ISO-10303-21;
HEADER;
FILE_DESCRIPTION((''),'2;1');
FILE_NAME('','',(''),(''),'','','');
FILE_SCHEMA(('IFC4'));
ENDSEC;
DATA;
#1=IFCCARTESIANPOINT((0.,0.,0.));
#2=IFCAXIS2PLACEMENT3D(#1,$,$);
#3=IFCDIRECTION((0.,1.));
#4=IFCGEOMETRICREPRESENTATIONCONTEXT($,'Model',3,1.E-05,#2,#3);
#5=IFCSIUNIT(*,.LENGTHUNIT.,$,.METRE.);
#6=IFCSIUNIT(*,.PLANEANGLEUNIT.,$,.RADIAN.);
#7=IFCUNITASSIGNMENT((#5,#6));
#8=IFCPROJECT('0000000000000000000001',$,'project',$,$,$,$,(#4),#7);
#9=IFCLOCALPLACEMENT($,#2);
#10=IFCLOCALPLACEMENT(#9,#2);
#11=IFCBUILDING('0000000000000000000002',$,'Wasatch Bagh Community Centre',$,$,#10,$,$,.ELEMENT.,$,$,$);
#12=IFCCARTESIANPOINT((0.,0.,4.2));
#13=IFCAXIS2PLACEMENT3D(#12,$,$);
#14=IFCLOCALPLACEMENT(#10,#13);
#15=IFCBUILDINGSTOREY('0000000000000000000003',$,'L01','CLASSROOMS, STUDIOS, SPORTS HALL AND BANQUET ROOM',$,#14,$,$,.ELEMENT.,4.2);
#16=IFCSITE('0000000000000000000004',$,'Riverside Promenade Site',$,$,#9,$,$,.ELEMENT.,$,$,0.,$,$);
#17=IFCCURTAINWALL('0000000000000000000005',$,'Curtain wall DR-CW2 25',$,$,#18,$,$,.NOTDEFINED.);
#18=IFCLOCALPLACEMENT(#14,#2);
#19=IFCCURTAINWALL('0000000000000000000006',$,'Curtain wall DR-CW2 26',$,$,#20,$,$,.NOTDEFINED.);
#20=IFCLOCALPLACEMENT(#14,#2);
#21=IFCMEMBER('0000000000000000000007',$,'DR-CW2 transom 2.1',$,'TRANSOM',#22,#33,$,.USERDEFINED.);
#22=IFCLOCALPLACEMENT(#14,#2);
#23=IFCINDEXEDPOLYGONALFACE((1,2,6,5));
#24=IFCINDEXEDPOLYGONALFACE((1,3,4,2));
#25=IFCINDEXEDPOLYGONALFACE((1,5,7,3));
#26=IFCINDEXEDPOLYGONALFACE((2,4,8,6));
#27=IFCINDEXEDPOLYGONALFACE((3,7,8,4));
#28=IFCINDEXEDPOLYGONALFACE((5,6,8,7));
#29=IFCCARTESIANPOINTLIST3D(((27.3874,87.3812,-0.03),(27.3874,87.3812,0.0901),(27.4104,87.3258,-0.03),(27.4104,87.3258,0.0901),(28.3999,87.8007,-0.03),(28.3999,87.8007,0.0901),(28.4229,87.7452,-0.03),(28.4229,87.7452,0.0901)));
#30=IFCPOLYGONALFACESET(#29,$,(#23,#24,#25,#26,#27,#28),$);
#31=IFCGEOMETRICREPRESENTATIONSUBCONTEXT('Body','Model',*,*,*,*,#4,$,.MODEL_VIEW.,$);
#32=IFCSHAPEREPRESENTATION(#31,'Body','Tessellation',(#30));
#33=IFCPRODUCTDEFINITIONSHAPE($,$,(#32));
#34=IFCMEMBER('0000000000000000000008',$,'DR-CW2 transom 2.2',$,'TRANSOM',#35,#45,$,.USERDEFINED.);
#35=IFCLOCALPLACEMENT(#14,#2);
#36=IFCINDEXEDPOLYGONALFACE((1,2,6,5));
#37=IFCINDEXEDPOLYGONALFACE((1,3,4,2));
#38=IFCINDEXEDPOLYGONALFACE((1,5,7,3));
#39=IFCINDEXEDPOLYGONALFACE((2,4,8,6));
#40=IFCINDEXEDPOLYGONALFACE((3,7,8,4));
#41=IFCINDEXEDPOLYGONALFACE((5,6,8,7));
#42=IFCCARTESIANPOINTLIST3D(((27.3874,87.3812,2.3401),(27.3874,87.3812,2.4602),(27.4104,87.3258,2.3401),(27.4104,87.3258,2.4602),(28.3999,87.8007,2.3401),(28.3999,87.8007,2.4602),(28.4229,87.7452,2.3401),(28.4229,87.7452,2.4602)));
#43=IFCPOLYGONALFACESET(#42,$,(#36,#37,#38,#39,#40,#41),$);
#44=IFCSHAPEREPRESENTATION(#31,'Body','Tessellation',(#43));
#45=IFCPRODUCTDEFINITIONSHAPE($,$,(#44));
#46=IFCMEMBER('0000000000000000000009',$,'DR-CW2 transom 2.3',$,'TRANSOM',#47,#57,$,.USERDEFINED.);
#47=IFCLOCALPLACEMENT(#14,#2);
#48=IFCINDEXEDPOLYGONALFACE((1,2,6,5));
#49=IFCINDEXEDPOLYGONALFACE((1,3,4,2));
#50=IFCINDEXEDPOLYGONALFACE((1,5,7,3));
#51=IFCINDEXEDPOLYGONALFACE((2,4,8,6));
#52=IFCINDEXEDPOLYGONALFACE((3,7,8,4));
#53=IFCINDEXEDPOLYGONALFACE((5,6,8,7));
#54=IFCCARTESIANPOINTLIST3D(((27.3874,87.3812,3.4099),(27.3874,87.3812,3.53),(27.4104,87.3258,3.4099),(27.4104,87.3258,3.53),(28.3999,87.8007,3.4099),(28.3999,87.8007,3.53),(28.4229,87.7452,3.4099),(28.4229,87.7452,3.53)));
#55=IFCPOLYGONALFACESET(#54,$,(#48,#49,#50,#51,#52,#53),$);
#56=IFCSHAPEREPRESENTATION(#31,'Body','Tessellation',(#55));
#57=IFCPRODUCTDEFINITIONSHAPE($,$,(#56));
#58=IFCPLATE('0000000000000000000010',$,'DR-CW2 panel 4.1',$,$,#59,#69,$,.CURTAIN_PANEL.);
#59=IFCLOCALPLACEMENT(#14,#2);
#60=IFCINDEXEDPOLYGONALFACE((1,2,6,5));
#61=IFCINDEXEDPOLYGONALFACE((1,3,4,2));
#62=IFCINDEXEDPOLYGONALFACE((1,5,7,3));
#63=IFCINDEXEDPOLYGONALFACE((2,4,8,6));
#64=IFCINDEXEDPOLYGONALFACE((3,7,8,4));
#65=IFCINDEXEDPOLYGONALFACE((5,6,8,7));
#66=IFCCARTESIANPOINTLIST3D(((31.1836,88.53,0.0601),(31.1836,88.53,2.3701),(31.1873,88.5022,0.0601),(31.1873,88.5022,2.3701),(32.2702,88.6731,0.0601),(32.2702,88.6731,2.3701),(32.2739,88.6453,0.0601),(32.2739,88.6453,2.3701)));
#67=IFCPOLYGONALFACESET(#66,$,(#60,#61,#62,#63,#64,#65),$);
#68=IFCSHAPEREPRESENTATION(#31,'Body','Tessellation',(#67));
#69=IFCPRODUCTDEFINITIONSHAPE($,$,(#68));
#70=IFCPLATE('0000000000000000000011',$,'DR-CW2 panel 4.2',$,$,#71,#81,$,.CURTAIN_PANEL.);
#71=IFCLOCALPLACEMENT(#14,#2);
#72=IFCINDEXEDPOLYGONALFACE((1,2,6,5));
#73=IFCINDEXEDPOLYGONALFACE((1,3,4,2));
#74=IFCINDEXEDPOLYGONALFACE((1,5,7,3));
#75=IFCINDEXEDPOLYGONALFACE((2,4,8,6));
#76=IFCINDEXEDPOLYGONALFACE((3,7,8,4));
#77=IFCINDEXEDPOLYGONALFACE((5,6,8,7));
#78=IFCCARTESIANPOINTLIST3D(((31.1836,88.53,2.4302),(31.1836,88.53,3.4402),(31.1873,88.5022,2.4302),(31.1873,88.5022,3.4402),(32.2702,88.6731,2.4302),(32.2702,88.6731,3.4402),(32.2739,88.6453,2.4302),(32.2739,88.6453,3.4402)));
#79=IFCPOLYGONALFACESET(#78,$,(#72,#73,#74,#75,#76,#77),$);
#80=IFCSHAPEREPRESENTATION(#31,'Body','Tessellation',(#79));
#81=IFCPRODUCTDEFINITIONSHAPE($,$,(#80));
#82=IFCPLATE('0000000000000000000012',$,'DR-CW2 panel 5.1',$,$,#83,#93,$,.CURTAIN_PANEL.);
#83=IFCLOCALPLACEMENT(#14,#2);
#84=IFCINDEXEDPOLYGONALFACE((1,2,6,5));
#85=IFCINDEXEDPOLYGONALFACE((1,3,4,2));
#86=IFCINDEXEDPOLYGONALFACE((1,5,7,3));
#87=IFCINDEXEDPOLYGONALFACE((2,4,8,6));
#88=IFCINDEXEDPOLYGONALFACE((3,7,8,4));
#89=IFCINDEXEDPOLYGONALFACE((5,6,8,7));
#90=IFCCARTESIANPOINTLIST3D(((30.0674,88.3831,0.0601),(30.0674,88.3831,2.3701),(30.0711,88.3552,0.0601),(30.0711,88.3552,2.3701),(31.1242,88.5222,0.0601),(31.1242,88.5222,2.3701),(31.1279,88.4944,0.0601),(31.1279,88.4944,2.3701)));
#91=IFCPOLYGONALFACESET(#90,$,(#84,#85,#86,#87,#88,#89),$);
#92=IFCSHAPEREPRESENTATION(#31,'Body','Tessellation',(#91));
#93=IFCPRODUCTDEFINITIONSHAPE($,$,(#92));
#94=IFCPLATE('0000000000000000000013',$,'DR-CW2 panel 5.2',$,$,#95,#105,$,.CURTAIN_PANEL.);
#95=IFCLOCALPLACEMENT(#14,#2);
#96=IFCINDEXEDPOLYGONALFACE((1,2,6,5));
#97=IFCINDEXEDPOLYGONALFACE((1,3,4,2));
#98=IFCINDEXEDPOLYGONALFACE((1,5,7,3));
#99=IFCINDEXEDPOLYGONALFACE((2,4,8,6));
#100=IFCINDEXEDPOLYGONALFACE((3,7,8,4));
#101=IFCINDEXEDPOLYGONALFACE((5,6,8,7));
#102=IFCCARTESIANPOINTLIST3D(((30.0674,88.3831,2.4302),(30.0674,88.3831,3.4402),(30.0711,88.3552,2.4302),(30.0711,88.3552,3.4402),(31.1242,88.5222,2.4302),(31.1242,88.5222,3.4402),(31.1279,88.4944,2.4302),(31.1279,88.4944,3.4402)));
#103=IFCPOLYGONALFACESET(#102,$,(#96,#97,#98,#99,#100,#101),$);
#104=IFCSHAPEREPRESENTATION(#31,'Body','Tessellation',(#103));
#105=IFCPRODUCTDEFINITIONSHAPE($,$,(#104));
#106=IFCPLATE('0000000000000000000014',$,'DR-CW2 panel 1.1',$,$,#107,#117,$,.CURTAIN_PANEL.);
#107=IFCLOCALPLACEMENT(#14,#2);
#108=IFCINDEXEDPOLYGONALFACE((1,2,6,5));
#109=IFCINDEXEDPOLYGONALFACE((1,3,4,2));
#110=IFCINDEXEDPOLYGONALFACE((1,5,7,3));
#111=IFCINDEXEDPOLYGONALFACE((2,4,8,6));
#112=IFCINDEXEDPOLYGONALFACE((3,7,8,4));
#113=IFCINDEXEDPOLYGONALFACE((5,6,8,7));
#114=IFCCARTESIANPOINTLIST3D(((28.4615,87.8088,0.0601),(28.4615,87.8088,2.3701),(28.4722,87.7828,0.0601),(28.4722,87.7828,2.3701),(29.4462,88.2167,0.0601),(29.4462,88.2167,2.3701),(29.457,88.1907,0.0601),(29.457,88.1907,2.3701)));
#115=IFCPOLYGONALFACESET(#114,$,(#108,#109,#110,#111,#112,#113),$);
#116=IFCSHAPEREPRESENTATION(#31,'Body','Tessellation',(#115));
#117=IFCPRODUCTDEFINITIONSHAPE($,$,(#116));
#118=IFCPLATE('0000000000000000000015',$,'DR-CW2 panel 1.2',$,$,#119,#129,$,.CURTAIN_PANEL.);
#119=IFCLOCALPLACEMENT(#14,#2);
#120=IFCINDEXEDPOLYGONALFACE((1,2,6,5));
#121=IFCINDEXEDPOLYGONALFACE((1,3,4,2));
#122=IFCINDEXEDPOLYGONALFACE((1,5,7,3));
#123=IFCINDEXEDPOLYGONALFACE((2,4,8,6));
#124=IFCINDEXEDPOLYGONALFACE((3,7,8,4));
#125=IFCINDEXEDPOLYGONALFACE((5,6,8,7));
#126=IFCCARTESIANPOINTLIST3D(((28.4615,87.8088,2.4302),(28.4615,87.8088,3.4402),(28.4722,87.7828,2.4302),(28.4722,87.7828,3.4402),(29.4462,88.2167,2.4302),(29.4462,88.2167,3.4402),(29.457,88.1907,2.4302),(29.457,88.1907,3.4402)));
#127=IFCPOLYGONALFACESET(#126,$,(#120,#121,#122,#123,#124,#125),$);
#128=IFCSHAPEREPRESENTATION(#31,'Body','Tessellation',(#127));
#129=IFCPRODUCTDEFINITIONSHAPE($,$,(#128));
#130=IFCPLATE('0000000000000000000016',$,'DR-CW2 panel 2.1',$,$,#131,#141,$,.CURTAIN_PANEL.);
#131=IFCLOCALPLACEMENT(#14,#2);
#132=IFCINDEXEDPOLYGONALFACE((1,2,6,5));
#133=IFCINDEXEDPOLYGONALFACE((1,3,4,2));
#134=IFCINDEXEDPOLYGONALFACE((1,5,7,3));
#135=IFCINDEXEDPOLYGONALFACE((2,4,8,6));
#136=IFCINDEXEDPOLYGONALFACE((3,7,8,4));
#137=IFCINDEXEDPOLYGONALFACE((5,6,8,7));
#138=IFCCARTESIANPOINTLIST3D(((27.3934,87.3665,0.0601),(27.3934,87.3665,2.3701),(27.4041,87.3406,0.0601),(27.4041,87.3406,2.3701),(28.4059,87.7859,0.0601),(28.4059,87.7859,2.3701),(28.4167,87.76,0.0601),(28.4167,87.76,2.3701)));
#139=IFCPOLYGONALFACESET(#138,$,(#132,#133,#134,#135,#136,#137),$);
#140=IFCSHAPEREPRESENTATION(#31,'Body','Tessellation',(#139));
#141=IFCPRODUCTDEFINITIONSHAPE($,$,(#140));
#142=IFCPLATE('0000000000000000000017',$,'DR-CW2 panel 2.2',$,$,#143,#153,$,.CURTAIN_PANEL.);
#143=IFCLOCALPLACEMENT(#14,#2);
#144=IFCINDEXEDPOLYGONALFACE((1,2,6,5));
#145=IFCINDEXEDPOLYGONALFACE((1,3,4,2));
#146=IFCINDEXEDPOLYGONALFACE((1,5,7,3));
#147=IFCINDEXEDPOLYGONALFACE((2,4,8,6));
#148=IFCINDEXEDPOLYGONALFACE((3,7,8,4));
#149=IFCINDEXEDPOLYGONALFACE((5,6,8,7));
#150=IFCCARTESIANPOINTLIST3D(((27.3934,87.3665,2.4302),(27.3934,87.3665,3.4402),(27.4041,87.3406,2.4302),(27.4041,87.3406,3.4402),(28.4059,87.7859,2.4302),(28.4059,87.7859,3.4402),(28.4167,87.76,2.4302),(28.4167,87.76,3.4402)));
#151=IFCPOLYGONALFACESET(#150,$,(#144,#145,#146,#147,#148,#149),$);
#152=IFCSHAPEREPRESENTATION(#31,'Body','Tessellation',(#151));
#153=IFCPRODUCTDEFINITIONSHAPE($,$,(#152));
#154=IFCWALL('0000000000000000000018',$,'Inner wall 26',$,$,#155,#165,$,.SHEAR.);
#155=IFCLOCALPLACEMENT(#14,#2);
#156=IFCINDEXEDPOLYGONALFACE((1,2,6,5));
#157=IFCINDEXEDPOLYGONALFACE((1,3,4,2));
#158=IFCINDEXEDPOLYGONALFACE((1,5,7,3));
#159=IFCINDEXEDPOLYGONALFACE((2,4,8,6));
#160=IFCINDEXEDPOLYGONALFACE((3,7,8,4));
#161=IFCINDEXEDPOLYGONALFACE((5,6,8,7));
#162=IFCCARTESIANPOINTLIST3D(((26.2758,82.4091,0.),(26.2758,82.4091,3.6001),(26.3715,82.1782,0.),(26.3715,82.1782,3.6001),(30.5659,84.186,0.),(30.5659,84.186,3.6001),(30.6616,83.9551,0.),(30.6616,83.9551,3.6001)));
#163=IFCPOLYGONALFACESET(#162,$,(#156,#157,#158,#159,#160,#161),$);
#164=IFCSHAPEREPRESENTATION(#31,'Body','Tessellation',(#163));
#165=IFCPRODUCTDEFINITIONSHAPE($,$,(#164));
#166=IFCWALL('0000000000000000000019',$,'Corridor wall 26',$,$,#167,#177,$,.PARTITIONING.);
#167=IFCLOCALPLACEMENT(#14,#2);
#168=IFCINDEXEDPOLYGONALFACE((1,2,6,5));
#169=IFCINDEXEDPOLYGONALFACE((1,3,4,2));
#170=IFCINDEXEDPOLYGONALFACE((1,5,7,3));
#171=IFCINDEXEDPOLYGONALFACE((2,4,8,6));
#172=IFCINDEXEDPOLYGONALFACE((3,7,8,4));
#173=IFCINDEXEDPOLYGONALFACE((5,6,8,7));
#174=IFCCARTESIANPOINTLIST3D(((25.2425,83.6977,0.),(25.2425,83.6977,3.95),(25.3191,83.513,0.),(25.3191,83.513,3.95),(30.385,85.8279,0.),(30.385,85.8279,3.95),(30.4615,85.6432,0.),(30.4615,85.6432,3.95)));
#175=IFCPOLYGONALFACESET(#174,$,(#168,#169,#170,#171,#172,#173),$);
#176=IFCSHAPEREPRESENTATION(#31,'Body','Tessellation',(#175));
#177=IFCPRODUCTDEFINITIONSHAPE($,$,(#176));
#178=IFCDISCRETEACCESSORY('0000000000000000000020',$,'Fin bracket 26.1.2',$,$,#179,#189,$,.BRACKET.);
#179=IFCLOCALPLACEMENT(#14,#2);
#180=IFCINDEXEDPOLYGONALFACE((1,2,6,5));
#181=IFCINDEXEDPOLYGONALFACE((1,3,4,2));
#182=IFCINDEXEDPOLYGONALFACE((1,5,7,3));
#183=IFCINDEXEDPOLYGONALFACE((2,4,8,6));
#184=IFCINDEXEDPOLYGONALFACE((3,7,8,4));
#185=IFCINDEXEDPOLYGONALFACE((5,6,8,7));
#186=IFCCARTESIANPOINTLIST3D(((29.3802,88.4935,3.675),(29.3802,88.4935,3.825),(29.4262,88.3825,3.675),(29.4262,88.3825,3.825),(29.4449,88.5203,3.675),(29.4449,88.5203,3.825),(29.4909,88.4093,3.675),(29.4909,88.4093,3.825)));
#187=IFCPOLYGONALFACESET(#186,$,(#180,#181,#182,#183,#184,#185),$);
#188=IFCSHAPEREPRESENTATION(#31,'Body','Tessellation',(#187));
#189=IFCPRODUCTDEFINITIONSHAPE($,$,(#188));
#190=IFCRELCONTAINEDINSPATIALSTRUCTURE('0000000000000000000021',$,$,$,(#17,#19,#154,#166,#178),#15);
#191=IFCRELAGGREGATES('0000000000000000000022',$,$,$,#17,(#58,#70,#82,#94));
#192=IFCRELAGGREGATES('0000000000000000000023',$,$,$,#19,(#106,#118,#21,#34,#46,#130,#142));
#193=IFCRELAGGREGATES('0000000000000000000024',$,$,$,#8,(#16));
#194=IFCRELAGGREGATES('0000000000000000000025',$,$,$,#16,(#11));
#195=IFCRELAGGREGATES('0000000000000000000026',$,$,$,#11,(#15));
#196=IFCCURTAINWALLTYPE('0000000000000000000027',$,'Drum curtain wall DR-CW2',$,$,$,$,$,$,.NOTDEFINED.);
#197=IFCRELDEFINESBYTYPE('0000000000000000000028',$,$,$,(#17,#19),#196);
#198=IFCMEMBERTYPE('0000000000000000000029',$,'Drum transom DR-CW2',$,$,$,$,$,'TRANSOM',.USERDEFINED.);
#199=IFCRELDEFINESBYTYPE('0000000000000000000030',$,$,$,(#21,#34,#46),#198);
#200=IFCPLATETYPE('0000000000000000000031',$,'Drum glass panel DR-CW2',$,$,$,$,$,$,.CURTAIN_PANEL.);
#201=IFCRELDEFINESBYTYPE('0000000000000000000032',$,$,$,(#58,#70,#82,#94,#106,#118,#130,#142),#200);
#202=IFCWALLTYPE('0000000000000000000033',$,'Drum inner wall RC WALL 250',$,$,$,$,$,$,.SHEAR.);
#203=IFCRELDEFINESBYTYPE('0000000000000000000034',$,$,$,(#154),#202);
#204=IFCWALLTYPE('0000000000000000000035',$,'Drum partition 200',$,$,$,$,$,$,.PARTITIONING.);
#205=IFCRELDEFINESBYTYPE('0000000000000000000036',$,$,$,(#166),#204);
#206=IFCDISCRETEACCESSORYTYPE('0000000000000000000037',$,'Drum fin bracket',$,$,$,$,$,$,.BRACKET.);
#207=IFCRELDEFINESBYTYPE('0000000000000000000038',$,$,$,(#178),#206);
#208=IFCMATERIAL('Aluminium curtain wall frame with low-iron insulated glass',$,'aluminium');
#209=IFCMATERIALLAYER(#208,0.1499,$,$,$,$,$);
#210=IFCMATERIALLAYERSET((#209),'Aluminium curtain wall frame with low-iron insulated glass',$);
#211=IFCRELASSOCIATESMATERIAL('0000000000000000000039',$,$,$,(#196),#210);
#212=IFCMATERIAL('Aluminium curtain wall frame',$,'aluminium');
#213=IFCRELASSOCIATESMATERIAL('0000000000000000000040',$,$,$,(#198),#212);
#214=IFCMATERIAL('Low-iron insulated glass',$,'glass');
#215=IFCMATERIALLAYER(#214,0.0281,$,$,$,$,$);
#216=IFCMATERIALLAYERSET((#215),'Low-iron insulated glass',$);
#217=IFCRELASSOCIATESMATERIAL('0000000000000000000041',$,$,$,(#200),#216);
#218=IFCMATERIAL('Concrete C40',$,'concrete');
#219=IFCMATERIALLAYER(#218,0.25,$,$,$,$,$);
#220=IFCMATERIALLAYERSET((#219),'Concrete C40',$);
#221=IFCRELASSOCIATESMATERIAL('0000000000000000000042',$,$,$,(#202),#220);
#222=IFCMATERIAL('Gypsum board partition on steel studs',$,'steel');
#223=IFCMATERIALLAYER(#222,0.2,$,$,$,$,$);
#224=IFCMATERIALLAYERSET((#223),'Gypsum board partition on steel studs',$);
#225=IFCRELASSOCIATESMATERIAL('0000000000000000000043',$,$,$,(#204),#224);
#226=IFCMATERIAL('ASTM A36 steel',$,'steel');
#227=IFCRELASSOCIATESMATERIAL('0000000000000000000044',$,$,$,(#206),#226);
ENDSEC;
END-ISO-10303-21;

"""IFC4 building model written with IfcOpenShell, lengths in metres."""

from ifc_helpers import new_model, si_unit, direction, frame, frame_2d, origin, origin_2d, place, context, subcontext, project, spatial, rectangle, extrude, material, layer, layer_set, material_profile, profile_set, type_object, element, aggregate, save


model = new_model("IFC4")

# Units and contexts
model_context = context("Model", 3, precision=1e-05, world=origin(), true_north=direction((0.0, 1.0)))
body_context = subcontext(model_context, "Body", "Model", "MODEL_VIEW")
ifc_project = project(units=[si_unit("LENGTHUNIT", "METRE"), si_unit("PLANEANGLEUNIT", "RADIAN")], contexts=[model_context])

# Site, building, storey
site_placement = place(None, origin())
site = spatial("IfcSite", under=ifc_project, at=site_placement, Name="Riverside Promenade Site", CompositionType="ELEMENT", RefElevation=0.0)
building_placement = place(site_placement, origin())
building = spatial("IfcBuilding", under=site, at=building_placement, Name="Wasatch Bagh Community Centre", CompositionType="ELEMENT")
storey_placement = place(building_placement, frame((0.0, 0.0, 4.2)))
storey = spatial("IfcBuildingStorey", under=building, at=storey_placement, Name="L01", Description="CLASSROOMS, STUDIOS, SPORTS HALL AND BANQUET ROOM", CompositionType="ELEMENT", Elevation=4.2)

# Shared definitions
ifc_material_1 = material(Name="Concrete C40", Category="concrete")

# Curtain walls
ifc_material_2 = material(Name="Aluminium curtain wall frame with low-iron insulated glass", Category="aluminium")
ifc_layer_1 = layer(ifc_material_2, 0.1499)
ifc_layer_set_1 = layer_set([ifc_layer_1], Name="Aluminium curtain wall frame with low-iron insulated glass")
curtain_wall_type = type_object("IfcCurtainWallType", Name="Drum curtain wall DR-CW2", PredefinedType="NOTDEFINED", material=ifc_layer_set_1)
curtain_wall_1_placement = place(storey_placement, origin())
curtain_wall_1 = element("IfcCurtainWall", 1, at=curtain_wall_1_placement, inside=storey, type_object=curtain_wall_type, Name="Curtain wall DR-CW2 25", PredefinedType="NOTDEFINED")
ifc_material_3 = material(Name="Aluminium curtain wall frame", Category="aluminium")
curtain_wall_2_placement = place(storey_placement, origin())
curtain_wall_2 = element("IfcCurtainWall", 2, at=curtain_wall_2_placement, inside=storey, type_object=curtain_wall_type, Name="Curtain wall DR-CW2 26", PredefinedType="NOTDEFINED")

# Members
ifc_material_profile_1 = material_profile(ifc_material_3, rectangle(XDim=0.0601, YDim=0.1201, at=origin_2d()), Name="Drum transom DR-CW2")
ifc_profile_set_1 = profile_set([ifc_material_profile_1], Name="Aluminium curtain wall frame")
member_type_1 = type_object("IfcMemberType", Name="Drum transom DR-CW2", ElementType="TRANSOM", PredefinedType="USERDEFINED", material=ifc_profile_set_1)
member_1_placement = place(storey_placement, frame((28.4114, 87.7729, 0.03), z_axis=(-0.923859, -0.382732, 0.0), x_axis=(0.382732, -0.923859, 0.0)))
member_1 = element("IfcMember", 3, at=member_1_placement, type_object=member_type_1, Name="DR-CW2 transom 2.1", ObjectType="TRANSOM", PredefinedType="USERDEFINED", context=body_context, shape_type="SweptSolid", body=[
    extrude(rectangle(XDim=0.0601, YDim=0.1201, at=origin_2d()), origin(), (0.0, 0.0, 1.0), 1.0959),
])
member_2_placement = place(storey_placement, frame((28.4114, 87.7729, 2.4001), z_axis=(-0.923859, -0.382732, 0.0), x_axis=(0.382732, -0.923859, 0.0)))
member_2 = element("IfcMember", 4, at=member_2_placement, type_object=member_type_1, Name="DR-CW2 transom 2.2", ObjectType="TRANSOM", PredefinedType="USERDEFINED", context=body_context, shape_type="SweptSolid", body=[
    extrude(rectangle(XDim=0.0601, YDim=0.1201, at=origin_2d()), origin(), (0.0, 0.0, 1.0), 1.0959),
])
member_3_placement = place(storey_placement, frame((28.4114, 87.7729, 3.47), z_axis=(-0.923859, -0.382732, 0.0), x_axis=(0.382732, -0.923859, 0.0)))
member_3 = element("IfcMember", 5, at=member_3_placement, type_object=member_type_1, Name="DR-CW2 transom 2.3", ObjectType="TRANSOM", PredefinedType="USERDEFINED", context=body_context, shape_type="SweptSolid", body=[
    extrude(rectangle(XDim=0.0601, YDim=0.1201, at=origin_2d()), origin(), (0.0, 0.0, 1.0), 1.0959),
])

# Plates
ifc_material_4 = material(Name="Low-iron insulated glass", Category="glass")
ifc_layer_2 = layer(ifc_material_4, 0.0281)
ifc_layer_set_2 = layer_set([ifc_layer_2], Name="Low-iron insulated glass")
plate_type = type_object("IfcPlateType", Name="Drum glass panel DR-CW2", PredefinedType="CURTAIN_PANEL", material=ifc_layer_set_2)
plate_1_placement = place(storey_placement, frame((31.7288, 88.5876, 0.0601), z_axis=(0.0, 0.0, 1.0), x_axis=(-0.991445, -0.130526, 0.0)))
plate_1 = element("IfcPlate", 6, at=plate_1_placement, type_object=plate_type, Name="DR-CW2 panel 4.1", PredefinedType="CURTAIN_PANEL", context=body_context, shape_type="SweptSolid", body=[
    extrude(rectangle(XDim=1.0959, YDim=0.0281, at=origin_2d()), origin(), (0.0, 0.0, 1.0), 2.3101),
])
plate_2_placement = place(storey_placement, frame((31.7288, 88.5876, 2.4302), z_axis=(0.0, 0.0, 1.0), x_axis=(-0.991445, -0.130526, 0.0)))
plate_2 = element("IfcPlate", 7, at=plate_2_placement, type_object=plate_type, Name="DR-CW2 panel 4.2", PredefinedType="CURTAIN_PANEL", context=body_context, shape_type="SweptSolid", body=[
    extrude(rectangle(XDim=1.0959, YDim=0.0281, at=origin_2d()), origin(), (0.0, 0.0, 1.0), 1.01),
])
plate_3_placement = place(storey_placement, frame((30.5977, 88.4387, 0.0601), z_axis=(0.0, 0.0, 1.0), x_axis=(-0.991445, -0.130526, 0.0)))
plate_3 = element("IfcPlate", 8, at=plate_3_placement, type_object=plate_type, Name="DR-CW2 panel 5.1", PredefinedType="CURTAIN_PANEL", context=body_context, shape_type="SweptSolid", body=[
    extrude(rectangle(XDim=1.0659, YDim=0.0281, at=origin_2d()), origin(), (0.0, 0.0, 1.0), 2.3101),
])
plate_4_placement = place(storey_placement, frame((30.5977, 88.4387, 2.4302), z_axis=(0.0, 0.0, 1.0), x_axis=(-0.991445, -0.130526, 0.0)))
plate_4 = element("IfcPlate", 9, at=plate_4_placement, type_object=plate_type, Name="DR-CW2 panel 5.2", PredefinedType="CURTAIN_PANEL", context=body_context, shape_type="SweptSolid", body=[
    extrude(rectangle(XDim=1.0659, YDim=0.0281, at=origin_2d()), origin(), (0.0, 0.0, 1.0), 1.01),
])
aggregate(curtain_wall_1, [plate_1, plate_2, plate_3, plate_4])
plate_5_placement = place(storey_placement, frame((28.9592, 87.9998, 0.0601), z_axis=(0.0, 0.0, 1.0), x_axis=(-0.92388, -0.382683, 0.0)))
plate_5 = element("IfcPlate", 10, at=plate_5_placement, type_object=plate_type, Name="DR-CW2 panel 1.1", PredefinedType="CURTAIN_PANEL", context=body_context, shape_type="SweptSolid", body=[
    extrude(rectangle(XDim=1.0659, YDim=0.0281, at=origin_2d()), origin(), (0.0, 0.0, 1.0), 2.3101),
])
plate_6_placement = place(storey_placement, frame((28.9592, 87.9998, 2.4302), z_axis=(0.0, 0.0, 1.0), x_axis=(-0.92388, -0.382683, 0.0)))
plate_6 = element("IfcPlate", 11, at=plate_6_placement, type_object=plate_type, Name="DR-CW2 panel 1.2", PredefinedType="CURTAIN_PANEL", context=body_context, shape_type="SweptSolid", body=[
    extrude(rectangle(XDim=1.0659, YDim=0.0281, at=origin_2d()), origin(), (0.0, 0.0, 1.0), 1.01),
])
plate_7_placement = place(storey_placement, frame((27.905, 87.5632, 0.0601), z_axis=(0.0, 0.0, 1.0), x_axis=(-0.92388, -0.382683, 0.0)))
plate_7 = element("IfcPlate", 12, at=plate_7_placement, type_object=plate_type, Name="DR-CW2 panel 2.1", PredefinedType="CURTAIN_PANEL", context=body_context, shape_type="SweptSolid", body=[
    extrude(rectangle(XDim=1.0959, YDim=0.0281, at=origin_2d()), origin(), (0.0, 0.0, 1.0), 2.3101),
])
plate_8_placement = place(storey_placement, frame((27.905, 87.5632, 2.4302), z_axis=(0.0, 0.0, 1.0), x_axis=(-0.92388, -0.382683, 0.0)))
plate_8 = element("IfcPlate", 13, at=plate_8_placement, type_object=plate_type, Name="DR-CW2 panel 2.2", PredefinedType="CURTAIN_PANEL", context=body_context, shape_type="SweptSolid", body=[
    extrude(rectangle(XDim=1.0959, YDim=0.0281, at=origin_2d()), origin(), (0.0, 0.0, 1.0), 1.01),
])
aggregate(curtain_wall_2, [plate_5, plate_6, member_1, member_2, member_3, plate_7, plate_8])

# Walls
ifc_layer_3 = layer(ifc_material_1, 0.25)
ifc_layer_set_3 = layer_set([ifc_layer_3], Name="Concrete C40")
wall_type_1 = type_object("IfcWallType", Name="Drum inner wall RC WALL 250", PredefinedType="SHEAR", material=ifc_layer_set_3)
wall_1_placement = place(storey_placement, frame((30.6138, 84.0706, 0.0), z_axis=(0.0, 0.0, 1.0), x_axis=(-0.92389, -0.382658, 0.0)))
element("IfcWall", 14, at=wall_1_placement, inside=storey, type_object=wall_type_1, Name="Inner wall 26", PredefinedType="SHEAR", context=body_context, shape_type="SweptSolid", body=[
    extrude(rectangle(XDim=4.6436, YDim=0.25, at=frame_2d((2.3218, 0.0))), origin(), (0.0, 0.0, 1.0), 3.6001),
])
ifc_material_5 = material(Name="Gypsum board partition on steel studs", Category="steel")
ifc_layer_4 = layer(ifc_material_5, 0.2)
ifc_layer_set_4 = layer_set([ifc_layer_4], Name="Gypsum board partition on steel studs")
wall_type_2 = type_object("IfcWallType", Name="Drum partition 200", PredefinedType="PARTITIONING", material=ifc_layer_set_4)
wall_2_placement = place(storey_placement, frame((30.4233, 85.7356, 0.0), z_axis=(0.0, 0.0, 1.0), x_axis=(-0.923873, -0.382699, 0.0)))
element("IfcWall", 15, at=wall_2_placement, inside=storey, type_object=wall_type_2, Name="Corridor wall 26", PredefinedType="PARTITIONING", context=body_context, shape_type="SweptSolid", body=[
    extrude(rectangle(XDim=5.5662, YDim=0.2, at=frame_2d((2.7832, 0.0))), origin(), (0.0, 0.0, 1.0), 3.95),
])

# Discrete accessory
ifc_material_6 = material(Name="ASTM A36 steel", Category="steel")
discrete_accessory_type = type_object("IfcDiscreteAccessoryType", Name="Drum fin bracket", PredefinedType="BRACKET", material=ifc_material_6)
for number, where, z_axis, x_axis, name in (
    (16, (29.4355, 88.4514, 3.675), (0.0, 0.0, 1.0), (-0.92388, -0.382683, 0.0), "Fin bracket 26.1.2"),
):
    element("IfcDiscreteAccessory", number, at=place(storey_placement, frame(where, z_axis=z_axis, x_axis=x_axis)), inside=storey, type_object=discrete_accessory_type, Name=name, PredefinedType="BRACKET", context=body_context, shape_type="SweptSolid", body=[
        extrude(rectangle(XDim=0.0701, YDim=0.1201, at=origin_2d()), origin(), (0.0, 0.0, 1.0), 0.1499),
    ])

save(model, "model.ifc")
